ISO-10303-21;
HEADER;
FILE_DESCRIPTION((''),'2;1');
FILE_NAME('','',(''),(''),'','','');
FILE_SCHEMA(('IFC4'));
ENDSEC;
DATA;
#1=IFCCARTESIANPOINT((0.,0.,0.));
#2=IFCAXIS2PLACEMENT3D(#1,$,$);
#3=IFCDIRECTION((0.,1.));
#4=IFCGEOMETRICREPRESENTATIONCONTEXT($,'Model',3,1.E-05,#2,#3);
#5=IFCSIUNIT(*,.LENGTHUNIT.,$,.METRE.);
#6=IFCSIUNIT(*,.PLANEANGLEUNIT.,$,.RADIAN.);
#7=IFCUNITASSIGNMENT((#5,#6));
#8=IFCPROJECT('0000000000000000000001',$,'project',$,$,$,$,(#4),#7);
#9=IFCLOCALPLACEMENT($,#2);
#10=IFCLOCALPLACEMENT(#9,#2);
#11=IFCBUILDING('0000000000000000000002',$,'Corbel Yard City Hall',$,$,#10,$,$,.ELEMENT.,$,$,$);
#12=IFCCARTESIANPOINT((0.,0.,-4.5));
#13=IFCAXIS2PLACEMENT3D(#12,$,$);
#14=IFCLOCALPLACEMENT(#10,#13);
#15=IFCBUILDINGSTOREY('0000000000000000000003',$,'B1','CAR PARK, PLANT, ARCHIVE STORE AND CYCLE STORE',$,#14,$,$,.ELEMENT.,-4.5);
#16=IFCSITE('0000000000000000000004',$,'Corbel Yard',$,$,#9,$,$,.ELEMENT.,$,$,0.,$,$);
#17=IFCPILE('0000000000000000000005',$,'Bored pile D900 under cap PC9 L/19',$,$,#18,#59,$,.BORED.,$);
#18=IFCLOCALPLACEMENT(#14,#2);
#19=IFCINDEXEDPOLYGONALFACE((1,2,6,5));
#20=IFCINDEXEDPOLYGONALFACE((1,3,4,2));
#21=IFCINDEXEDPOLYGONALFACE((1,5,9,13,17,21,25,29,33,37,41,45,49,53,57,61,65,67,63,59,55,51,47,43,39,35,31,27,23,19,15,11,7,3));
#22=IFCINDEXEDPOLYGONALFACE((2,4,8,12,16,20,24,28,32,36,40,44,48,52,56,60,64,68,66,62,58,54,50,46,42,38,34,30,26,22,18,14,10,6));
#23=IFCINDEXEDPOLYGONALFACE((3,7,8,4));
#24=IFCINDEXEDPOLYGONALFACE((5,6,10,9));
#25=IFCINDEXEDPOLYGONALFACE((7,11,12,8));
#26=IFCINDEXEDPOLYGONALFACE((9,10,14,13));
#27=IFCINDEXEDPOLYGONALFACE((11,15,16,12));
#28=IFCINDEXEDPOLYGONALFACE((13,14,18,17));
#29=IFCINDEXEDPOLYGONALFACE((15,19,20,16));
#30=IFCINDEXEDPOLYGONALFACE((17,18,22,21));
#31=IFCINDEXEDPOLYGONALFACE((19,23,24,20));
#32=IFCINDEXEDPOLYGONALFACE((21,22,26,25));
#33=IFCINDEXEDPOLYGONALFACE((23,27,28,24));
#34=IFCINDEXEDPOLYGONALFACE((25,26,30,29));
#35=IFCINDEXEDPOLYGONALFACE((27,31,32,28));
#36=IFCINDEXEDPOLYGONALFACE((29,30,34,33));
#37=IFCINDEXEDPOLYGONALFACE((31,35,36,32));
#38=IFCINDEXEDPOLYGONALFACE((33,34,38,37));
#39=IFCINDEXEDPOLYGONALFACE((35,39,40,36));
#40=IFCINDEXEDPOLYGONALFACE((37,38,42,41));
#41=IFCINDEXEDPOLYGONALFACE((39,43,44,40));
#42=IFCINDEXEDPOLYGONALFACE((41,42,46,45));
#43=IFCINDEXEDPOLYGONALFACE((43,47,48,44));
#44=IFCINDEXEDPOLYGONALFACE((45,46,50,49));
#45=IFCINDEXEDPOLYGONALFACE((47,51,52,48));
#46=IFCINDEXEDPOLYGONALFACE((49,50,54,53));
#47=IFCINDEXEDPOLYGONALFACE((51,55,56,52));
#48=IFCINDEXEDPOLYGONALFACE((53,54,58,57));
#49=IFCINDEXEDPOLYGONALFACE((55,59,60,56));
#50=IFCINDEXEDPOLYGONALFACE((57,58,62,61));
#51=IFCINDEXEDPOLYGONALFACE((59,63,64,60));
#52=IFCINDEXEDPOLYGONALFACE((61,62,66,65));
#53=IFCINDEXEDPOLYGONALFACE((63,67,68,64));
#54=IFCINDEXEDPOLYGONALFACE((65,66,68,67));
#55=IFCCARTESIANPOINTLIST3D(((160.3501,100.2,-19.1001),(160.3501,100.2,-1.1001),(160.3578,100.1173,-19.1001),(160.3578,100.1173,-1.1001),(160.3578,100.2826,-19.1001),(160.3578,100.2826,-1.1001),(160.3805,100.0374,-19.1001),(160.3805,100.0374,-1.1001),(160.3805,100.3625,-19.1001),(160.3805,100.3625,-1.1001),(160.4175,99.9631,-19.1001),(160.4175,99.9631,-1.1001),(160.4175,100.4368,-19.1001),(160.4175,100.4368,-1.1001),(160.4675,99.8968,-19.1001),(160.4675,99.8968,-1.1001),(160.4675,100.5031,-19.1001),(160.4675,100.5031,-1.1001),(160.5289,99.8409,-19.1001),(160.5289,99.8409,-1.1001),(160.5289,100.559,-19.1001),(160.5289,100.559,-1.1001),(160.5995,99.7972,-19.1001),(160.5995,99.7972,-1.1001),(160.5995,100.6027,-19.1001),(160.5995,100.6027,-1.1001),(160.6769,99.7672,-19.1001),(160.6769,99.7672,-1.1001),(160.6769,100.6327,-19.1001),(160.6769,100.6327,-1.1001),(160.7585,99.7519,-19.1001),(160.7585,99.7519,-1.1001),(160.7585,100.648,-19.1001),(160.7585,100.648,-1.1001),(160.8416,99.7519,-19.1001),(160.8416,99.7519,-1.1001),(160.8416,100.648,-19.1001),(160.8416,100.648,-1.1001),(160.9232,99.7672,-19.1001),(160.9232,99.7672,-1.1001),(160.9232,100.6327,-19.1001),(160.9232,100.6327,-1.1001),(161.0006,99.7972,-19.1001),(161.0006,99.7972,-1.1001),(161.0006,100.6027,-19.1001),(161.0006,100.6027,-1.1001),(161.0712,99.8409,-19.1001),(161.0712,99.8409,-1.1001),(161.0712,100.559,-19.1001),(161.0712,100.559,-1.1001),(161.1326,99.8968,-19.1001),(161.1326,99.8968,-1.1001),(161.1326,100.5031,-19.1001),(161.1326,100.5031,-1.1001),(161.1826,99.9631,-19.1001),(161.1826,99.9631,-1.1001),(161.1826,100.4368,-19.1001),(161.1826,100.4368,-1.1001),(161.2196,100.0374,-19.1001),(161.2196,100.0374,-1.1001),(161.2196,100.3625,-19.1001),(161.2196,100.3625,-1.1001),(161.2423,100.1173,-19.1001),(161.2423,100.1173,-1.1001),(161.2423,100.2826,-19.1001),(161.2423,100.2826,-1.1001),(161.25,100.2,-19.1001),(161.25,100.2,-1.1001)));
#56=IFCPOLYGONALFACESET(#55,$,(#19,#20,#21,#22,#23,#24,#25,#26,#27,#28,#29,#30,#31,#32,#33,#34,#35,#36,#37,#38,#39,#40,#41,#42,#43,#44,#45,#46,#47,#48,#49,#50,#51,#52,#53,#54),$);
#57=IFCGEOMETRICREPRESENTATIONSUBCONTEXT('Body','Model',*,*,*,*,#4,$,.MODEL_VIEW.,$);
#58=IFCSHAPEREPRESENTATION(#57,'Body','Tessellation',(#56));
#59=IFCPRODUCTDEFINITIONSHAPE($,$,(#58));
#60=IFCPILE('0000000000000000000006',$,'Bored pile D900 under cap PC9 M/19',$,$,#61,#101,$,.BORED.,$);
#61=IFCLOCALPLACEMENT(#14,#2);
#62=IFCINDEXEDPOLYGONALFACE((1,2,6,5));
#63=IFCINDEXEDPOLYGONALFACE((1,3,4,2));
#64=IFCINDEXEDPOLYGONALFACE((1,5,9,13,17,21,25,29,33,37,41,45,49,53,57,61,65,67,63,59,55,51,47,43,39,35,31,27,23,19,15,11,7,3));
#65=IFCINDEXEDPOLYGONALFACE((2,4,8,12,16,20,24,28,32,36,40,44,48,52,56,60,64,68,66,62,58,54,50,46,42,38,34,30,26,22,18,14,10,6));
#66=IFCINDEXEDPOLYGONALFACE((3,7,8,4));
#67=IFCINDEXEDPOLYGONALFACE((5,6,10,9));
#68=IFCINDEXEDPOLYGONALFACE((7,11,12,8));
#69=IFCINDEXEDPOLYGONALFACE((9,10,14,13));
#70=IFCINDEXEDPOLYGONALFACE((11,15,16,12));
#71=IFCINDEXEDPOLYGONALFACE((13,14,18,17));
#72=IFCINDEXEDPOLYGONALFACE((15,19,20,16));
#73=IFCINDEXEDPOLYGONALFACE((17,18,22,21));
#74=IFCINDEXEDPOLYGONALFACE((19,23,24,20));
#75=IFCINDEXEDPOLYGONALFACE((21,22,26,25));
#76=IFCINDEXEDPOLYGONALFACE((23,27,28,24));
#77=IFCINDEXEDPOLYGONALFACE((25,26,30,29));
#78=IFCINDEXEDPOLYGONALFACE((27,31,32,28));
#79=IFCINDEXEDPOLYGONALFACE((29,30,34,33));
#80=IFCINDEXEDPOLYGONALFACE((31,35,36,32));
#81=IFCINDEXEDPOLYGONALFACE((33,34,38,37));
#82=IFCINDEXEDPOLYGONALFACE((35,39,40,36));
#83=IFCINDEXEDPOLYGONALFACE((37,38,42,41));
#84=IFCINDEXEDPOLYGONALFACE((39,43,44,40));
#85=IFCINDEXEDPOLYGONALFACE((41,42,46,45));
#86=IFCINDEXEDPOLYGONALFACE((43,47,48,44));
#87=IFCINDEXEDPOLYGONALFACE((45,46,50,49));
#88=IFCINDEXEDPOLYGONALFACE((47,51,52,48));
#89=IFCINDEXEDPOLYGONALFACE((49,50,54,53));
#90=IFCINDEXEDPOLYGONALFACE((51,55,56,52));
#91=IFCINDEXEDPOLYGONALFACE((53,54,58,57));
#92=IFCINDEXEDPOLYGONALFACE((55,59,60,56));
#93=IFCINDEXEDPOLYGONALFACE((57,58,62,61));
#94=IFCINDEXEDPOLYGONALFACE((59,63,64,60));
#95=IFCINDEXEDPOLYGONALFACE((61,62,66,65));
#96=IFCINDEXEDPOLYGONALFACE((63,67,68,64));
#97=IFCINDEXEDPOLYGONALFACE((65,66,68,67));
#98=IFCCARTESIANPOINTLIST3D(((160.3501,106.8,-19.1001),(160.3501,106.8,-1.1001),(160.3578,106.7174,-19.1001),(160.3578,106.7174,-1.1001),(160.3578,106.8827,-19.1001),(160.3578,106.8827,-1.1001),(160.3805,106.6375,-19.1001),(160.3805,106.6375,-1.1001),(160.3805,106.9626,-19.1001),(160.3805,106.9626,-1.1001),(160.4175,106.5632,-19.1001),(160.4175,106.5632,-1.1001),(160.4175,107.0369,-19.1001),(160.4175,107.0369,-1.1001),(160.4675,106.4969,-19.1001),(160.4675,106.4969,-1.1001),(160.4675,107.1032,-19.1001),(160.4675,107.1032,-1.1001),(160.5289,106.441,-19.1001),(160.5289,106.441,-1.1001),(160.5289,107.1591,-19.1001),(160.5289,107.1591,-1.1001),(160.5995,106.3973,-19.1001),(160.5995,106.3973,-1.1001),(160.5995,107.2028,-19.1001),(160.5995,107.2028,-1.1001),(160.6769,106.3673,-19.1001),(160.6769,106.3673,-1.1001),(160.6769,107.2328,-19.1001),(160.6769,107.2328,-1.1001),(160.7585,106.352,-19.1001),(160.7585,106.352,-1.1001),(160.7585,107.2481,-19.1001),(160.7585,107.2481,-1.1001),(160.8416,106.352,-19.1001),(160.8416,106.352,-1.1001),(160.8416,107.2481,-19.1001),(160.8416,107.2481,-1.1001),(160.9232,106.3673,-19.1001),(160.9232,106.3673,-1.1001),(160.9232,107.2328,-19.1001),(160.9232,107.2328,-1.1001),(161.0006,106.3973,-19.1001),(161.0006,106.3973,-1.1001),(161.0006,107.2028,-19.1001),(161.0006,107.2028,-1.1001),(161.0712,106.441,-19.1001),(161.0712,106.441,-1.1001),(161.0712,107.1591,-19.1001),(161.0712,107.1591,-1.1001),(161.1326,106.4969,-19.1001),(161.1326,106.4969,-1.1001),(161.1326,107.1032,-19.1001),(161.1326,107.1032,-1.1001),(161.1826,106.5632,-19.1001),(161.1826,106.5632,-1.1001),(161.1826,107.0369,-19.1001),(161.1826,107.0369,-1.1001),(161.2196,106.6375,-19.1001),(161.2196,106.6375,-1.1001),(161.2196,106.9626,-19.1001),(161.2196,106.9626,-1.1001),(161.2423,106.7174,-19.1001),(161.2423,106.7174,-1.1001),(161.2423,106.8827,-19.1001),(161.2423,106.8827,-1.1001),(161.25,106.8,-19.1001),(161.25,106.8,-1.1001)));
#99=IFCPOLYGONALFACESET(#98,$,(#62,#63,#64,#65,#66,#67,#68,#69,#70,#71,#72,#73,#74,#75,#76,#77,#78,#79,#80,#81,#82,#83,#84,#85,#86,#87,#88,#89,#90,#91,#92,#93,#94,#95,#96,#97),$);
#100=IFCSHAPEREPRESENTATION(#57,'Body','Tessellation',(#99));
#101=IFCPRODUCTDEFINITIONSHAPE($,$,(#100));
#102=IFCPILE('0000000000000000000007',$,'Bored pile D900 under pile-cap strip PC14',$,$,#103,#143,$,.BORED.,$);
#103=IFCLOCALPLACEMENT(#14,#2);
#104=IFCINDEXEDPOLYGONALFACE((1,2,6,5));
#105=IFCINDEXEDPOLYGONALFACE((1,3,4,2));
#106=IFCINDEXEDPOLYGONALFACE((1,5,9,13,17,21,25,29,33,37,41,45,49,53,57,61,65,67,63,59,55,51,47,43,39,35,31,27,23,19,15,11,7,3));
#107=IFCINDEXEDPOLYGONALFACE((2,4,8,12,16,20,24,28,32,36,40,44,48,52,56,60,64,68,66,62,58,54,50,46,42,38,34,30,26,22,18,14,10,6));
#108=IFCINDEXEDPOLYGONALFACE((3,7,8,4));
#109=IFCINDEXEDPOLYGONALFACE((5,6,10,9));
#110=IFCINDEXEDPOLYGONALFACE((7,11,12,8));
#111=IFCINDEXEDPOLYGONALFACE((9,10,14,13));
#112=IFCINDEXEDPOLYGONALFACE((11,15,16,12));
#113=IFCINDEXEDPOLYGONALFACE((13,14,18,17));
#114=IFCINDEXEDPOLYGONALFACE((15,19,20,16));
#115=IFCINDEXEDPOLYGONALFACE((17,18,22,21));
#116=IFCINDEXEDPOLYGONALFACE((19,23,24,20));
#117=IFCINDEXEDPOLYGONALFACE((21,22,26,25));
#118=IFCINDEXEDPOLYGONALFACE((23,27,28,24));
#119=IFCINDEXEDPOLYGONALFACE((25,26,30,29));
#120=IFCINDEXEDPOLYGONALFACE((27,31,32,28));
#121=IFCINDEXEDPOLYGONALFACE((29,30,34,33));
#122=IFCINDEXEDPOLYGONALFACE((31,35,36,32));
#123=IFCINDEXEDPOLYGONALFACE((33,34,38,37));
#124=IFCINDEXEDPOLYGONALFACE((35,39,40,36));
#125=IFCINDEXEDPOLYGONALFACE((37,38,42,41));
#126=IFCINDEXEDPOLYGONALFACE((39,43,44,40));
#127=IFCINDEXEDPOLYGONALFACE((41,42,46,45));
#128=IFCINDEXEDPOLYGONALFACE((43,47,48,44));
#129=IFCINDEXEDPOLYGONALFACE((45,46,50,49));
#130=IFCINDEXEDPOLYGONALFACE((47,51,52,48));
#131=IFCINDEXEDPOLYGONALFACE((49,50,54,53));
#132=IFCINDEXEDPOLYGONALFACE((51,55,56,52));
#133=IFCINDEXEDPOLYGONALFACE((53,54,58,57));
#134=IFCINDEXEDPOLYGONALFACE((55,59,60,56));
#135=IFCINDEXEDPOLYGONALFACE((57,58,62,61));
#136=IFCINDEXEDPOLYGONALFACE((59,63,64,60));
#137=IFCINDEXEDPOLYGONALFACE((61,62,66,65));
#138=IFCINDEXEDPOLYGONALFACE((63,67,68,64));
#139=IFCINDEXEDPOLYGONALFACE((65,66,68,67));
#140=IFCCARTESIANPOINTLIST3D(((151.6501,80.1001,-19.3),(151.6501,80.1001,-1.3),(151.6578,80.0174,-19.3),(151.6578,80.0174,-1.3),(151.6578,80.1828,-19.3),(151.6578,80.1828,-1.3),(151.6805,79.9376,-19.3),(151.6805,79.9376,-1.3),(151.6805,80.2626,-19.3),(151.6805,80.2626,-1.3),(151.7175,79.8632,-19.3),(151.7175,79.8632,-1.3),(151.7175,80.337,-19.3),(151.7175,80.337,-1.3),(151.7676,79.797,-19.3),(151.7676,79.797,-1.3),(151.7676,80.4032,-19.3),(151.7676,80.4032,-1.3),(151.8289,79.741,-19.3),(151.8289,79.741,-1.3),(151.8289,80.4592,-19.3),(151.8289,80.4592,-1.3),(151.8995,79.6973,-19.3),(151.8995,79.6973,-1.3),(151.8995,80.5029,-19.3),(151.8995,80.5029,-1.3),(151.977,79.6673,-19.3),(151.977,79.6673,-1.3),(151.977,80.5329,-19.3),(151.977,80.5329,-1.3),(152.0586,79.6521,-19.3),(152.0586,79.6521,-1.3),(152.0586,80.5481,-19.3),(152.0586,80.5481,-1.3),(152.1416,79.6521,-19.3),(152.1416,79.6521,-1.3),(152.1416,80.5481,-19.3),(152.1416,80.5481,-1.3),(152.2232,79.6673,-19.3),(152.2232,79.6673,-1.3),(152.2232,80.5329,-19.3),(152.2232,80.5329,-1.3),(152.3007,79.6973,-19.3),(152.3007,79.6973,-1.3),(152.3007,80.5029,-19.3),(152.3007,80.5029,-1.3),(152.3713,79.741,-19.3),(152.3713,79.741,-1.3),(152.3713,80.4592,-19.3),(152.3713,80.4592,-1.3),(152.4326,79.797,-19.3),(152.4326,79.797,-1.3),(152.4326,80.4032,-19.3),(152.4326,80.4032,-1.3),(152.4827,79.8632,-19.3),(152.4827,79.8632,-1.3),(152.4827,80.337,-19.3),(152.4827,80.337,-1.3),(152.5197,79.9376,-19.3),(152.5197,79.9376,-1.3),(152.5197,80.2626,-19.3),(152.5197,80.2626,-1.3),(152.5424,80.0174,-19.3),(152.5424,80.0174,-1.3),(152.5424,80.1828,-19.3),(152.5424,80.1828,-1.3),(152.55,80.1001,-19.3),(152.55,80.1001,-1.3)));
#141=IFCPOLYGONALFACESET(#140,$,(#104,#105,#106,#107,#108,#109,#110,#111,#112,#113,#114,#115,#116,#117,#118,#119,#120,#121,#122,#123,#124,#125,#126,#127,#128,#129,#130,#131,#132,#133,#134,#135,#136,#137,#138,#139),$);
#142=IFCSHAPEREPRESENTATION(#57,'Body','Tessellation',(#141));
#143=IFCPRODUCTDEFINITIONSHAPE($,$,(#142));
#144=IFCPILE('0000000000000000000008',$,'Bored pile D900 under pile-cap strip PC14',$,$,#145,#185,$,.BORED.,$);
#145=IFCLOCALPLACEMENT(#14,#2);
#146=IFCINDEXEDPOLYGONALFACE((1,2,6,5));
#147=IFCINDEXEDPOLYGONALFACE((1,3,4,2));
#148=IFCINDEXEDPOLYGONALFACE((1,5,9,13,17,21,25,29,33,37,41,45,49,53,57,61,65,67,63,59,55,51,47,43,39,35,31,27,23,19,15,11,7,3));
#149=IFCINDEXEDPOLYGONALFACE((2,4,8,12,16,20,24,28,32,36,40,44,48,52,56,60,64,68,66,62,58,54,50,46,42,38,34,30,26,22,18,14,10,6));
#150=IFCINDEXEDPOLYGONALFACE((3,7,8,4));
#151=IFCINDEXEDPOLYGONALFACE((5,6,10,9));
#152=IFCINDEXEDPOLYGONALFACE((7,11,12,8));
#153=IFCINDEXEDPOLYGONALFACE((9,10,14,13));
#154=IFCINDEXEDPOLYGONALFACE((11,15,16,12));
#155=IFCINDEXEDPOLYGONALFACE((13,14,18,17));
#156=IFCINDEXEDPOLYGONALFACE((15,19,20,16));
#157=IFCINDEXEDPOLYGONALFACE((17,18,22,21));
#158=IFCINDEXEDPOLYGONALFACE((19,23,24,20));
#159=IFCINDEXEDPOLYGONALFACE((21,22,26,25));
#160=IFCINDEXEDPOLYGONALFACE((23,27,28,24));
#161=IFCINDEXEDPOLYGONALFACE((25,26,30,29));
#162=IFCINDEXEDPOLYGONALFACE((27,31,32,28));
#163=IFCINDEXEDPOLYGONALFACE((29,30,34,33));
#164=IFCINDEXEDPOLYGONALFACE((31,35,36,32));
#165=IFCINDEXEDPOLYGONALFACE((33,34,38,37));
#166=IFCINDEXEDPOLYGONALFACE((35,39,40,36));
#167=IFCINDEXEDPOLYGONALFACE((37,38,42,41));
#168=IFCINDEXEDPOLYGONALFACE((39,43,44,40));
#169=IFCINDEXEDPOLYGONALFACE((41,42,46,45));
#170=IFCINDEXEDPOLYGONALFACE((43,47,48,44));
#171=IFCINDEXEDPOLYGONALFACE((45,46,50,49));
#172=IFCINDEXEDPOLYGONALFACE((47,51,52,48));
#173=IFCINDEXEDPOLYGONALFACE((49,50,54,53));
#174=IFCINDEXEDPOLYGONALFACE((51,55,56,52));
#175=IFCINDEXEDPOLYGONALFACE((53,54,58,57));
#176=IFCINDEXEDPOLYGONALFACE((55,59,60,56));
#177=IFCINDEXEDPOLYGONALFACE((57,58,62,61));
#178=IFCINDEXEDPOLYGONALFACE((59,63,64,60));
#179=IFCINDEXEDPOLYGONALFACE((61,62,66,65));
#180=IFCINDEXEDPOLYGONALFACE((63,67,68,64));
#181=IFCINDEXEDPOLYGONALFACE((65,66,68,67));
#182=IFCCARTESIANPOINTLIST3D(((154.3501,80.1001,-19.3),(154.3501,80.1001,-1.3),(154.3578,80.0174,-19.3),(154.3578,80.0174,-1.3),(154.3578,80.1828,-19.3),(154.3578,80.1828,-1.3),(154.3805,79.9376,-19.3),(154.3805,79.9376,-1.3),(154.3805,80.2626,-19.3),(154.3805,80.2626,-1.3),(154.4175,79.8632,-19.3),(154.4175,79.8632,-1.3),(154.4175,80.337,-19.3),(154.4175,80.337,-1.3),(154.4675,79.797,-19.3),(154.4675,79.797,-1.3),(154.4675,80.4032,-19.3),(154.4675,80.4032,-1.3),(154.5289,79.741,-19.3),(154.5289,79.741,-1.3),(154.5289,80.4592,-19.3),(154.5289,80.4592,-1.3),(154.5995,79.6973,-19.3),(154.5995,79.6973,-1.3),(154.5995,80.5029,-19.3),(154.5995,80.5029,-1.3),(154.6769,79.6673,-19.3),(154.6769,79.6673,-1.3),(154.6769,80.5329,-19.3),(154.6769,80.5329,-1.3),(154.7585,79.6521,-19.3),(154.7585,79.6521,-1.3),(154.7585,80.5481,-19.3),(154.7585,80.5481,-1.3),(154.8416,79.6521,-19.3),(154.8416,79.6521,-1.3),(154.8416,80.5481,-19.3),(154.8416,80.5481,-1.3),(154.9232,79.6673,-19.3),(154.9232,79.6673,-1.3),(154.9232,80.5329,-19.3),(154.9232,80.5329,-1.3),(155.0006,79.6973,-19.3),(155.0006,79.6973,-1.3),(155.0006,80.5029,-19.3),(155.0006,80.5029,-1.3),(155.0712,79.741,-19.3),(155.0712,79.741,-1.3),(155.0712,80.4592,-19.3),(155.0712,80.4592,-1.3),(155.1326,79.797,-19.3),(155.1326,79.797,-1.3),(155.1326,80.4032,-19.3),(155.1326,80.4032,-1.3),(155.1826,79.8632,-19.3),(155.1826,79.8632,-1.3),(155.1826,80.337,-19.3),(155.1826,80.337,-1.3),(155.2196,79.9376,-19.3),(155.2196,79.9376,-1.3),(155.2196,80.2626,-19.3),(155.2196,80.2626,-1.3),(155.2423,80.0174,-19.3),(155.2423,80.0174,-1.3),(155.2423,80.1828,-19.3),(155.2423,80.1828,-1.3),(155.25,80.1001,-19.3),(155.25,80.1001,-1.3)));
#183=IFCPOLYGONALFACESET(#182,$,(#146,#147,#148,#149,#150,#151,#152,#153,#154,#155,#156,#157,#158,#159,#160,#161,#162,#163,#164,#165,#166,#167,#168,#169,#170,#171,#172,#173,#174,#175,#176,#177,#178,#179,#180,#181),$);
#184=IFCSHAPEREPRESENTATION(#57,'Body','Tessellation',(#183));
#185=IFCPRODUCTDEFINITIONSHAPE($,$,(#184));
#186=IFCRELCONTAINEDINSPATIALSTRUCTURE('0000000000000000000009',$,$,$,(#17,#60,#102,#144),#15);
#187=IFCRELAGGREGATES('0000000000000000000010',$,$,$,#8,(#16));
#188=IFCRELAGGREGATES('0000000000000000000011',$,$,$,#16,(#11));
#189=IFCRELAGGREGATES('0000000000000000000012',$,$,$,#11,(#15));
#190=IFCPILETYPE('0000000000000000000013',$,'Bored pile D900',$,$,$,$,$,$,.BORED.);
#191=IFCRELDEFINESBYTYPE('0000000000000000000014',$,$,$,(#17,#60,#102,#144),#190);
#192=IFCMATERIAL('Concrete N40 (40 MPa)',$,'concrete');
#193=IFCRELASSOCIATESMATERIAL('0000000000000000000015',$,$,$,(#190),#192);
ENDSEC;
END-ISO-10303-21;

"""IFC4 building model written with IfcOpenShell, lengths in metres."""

from ifc_helpers import new_model, si_unit, direction, frame, origin, origin_2d, place, context, subcontext, project, spatial, circle, extrude, material, material_profile, profile_set, type_object, element, save


model = new_model("IFC4")

# Units and contexts
model_context = context("Model", 3, precision=1e-05, world=origin(), true_north=direction((0.0, 1.0)))
body_context = subcontext(model_context, "Body", "Model", "MODEL_VIEW")
ifc_project = project(units=[si_unit("LENGTHUNIT", "METRE"), si_unit("PLANEANGLEUNIT", "RADIAN")], contexts=[model_context])

# Site, building, storey
site_placement = place(None, origin())
site = spatial("IfcSite", under=ifc_project, at=site_placement, Name="Corbel Yard", CompositionType="ELEMENT", RefElevation=0.0)
building_placement = place(site_placement, origin())
building = spatial("IfcBuilding", under=site, at=building_placement, Name="Corbel Yard City Hall", CompositionType="ELEMENT")
storey_placement = place(building_placement, frame((0.0, 0.0, -4.5)))
storey = spatial("IfcBuildingStorey", under=building, at=storey_placement, Name="B1", Description="CAR PARK, PLANT, ARCHIVE STORE AND CYCLE STORE", CompositionType="ELEMENT", Elevation=-4.5)

# Piles
ifc_material_1 = material(Name="Concrete N40 (40 MPa)", Category="concrete")
ifc_material_profile_1 = material_profile(ifc_material_1, circle(Radius=0.45, at=origin_2d()), Name="D900")
ifc_profile_set_1 = profile_set([ifc_material_profile_1], Name="Concrete N40 (40 MPa)")
pile_type = type_object("IfcPileType", Name="Bored pile D900", PredefinedType="BORED", material=ifc_profile_set_1)
for number, where, z_axis, x_axis, name in (
    (1, (160.8, 100.2, -1.1001), (0.0, 0.0, -1.0), (1.0, 0.0, 0.0), "Bored pile D900 under cap PC9 L/19"),
    (2, (160.8, 106.8, -1.1001), (0.0, 0.0, -1.0), (1.0, 0.0, 0.0), "Bored pile D900 under cap PC9 M/19"),
    (3, (152.1001, 80.1001, -1.3), (0.0, 0.0, -1.0), (1.0, 0.0, 0.0), "Bored pile D900 under pile-cap strip PC14"),
    (4, (154.8, 80.1001, -1.3), (0.0, 0.0, -1.0), (1.0, 0.0, 0.0), "Bored pile D900 under pile-cap strip PC14"),
):
    element("IfcPile", number, at=place(storey_placement, frame(where, z_axis=z_axis, x_axis=x_axis)), inside=storey, type_object=pile_type, Name=name, PredefinedType="BORED", context=body_context, shape_type="SweptSolid", body=[
        extrude(circle(Radius=0.45, at=origin_2d()), origin(), (0.0, 0.0, 1.0), 18.0),
    ])

save(model, "model.ifc")
